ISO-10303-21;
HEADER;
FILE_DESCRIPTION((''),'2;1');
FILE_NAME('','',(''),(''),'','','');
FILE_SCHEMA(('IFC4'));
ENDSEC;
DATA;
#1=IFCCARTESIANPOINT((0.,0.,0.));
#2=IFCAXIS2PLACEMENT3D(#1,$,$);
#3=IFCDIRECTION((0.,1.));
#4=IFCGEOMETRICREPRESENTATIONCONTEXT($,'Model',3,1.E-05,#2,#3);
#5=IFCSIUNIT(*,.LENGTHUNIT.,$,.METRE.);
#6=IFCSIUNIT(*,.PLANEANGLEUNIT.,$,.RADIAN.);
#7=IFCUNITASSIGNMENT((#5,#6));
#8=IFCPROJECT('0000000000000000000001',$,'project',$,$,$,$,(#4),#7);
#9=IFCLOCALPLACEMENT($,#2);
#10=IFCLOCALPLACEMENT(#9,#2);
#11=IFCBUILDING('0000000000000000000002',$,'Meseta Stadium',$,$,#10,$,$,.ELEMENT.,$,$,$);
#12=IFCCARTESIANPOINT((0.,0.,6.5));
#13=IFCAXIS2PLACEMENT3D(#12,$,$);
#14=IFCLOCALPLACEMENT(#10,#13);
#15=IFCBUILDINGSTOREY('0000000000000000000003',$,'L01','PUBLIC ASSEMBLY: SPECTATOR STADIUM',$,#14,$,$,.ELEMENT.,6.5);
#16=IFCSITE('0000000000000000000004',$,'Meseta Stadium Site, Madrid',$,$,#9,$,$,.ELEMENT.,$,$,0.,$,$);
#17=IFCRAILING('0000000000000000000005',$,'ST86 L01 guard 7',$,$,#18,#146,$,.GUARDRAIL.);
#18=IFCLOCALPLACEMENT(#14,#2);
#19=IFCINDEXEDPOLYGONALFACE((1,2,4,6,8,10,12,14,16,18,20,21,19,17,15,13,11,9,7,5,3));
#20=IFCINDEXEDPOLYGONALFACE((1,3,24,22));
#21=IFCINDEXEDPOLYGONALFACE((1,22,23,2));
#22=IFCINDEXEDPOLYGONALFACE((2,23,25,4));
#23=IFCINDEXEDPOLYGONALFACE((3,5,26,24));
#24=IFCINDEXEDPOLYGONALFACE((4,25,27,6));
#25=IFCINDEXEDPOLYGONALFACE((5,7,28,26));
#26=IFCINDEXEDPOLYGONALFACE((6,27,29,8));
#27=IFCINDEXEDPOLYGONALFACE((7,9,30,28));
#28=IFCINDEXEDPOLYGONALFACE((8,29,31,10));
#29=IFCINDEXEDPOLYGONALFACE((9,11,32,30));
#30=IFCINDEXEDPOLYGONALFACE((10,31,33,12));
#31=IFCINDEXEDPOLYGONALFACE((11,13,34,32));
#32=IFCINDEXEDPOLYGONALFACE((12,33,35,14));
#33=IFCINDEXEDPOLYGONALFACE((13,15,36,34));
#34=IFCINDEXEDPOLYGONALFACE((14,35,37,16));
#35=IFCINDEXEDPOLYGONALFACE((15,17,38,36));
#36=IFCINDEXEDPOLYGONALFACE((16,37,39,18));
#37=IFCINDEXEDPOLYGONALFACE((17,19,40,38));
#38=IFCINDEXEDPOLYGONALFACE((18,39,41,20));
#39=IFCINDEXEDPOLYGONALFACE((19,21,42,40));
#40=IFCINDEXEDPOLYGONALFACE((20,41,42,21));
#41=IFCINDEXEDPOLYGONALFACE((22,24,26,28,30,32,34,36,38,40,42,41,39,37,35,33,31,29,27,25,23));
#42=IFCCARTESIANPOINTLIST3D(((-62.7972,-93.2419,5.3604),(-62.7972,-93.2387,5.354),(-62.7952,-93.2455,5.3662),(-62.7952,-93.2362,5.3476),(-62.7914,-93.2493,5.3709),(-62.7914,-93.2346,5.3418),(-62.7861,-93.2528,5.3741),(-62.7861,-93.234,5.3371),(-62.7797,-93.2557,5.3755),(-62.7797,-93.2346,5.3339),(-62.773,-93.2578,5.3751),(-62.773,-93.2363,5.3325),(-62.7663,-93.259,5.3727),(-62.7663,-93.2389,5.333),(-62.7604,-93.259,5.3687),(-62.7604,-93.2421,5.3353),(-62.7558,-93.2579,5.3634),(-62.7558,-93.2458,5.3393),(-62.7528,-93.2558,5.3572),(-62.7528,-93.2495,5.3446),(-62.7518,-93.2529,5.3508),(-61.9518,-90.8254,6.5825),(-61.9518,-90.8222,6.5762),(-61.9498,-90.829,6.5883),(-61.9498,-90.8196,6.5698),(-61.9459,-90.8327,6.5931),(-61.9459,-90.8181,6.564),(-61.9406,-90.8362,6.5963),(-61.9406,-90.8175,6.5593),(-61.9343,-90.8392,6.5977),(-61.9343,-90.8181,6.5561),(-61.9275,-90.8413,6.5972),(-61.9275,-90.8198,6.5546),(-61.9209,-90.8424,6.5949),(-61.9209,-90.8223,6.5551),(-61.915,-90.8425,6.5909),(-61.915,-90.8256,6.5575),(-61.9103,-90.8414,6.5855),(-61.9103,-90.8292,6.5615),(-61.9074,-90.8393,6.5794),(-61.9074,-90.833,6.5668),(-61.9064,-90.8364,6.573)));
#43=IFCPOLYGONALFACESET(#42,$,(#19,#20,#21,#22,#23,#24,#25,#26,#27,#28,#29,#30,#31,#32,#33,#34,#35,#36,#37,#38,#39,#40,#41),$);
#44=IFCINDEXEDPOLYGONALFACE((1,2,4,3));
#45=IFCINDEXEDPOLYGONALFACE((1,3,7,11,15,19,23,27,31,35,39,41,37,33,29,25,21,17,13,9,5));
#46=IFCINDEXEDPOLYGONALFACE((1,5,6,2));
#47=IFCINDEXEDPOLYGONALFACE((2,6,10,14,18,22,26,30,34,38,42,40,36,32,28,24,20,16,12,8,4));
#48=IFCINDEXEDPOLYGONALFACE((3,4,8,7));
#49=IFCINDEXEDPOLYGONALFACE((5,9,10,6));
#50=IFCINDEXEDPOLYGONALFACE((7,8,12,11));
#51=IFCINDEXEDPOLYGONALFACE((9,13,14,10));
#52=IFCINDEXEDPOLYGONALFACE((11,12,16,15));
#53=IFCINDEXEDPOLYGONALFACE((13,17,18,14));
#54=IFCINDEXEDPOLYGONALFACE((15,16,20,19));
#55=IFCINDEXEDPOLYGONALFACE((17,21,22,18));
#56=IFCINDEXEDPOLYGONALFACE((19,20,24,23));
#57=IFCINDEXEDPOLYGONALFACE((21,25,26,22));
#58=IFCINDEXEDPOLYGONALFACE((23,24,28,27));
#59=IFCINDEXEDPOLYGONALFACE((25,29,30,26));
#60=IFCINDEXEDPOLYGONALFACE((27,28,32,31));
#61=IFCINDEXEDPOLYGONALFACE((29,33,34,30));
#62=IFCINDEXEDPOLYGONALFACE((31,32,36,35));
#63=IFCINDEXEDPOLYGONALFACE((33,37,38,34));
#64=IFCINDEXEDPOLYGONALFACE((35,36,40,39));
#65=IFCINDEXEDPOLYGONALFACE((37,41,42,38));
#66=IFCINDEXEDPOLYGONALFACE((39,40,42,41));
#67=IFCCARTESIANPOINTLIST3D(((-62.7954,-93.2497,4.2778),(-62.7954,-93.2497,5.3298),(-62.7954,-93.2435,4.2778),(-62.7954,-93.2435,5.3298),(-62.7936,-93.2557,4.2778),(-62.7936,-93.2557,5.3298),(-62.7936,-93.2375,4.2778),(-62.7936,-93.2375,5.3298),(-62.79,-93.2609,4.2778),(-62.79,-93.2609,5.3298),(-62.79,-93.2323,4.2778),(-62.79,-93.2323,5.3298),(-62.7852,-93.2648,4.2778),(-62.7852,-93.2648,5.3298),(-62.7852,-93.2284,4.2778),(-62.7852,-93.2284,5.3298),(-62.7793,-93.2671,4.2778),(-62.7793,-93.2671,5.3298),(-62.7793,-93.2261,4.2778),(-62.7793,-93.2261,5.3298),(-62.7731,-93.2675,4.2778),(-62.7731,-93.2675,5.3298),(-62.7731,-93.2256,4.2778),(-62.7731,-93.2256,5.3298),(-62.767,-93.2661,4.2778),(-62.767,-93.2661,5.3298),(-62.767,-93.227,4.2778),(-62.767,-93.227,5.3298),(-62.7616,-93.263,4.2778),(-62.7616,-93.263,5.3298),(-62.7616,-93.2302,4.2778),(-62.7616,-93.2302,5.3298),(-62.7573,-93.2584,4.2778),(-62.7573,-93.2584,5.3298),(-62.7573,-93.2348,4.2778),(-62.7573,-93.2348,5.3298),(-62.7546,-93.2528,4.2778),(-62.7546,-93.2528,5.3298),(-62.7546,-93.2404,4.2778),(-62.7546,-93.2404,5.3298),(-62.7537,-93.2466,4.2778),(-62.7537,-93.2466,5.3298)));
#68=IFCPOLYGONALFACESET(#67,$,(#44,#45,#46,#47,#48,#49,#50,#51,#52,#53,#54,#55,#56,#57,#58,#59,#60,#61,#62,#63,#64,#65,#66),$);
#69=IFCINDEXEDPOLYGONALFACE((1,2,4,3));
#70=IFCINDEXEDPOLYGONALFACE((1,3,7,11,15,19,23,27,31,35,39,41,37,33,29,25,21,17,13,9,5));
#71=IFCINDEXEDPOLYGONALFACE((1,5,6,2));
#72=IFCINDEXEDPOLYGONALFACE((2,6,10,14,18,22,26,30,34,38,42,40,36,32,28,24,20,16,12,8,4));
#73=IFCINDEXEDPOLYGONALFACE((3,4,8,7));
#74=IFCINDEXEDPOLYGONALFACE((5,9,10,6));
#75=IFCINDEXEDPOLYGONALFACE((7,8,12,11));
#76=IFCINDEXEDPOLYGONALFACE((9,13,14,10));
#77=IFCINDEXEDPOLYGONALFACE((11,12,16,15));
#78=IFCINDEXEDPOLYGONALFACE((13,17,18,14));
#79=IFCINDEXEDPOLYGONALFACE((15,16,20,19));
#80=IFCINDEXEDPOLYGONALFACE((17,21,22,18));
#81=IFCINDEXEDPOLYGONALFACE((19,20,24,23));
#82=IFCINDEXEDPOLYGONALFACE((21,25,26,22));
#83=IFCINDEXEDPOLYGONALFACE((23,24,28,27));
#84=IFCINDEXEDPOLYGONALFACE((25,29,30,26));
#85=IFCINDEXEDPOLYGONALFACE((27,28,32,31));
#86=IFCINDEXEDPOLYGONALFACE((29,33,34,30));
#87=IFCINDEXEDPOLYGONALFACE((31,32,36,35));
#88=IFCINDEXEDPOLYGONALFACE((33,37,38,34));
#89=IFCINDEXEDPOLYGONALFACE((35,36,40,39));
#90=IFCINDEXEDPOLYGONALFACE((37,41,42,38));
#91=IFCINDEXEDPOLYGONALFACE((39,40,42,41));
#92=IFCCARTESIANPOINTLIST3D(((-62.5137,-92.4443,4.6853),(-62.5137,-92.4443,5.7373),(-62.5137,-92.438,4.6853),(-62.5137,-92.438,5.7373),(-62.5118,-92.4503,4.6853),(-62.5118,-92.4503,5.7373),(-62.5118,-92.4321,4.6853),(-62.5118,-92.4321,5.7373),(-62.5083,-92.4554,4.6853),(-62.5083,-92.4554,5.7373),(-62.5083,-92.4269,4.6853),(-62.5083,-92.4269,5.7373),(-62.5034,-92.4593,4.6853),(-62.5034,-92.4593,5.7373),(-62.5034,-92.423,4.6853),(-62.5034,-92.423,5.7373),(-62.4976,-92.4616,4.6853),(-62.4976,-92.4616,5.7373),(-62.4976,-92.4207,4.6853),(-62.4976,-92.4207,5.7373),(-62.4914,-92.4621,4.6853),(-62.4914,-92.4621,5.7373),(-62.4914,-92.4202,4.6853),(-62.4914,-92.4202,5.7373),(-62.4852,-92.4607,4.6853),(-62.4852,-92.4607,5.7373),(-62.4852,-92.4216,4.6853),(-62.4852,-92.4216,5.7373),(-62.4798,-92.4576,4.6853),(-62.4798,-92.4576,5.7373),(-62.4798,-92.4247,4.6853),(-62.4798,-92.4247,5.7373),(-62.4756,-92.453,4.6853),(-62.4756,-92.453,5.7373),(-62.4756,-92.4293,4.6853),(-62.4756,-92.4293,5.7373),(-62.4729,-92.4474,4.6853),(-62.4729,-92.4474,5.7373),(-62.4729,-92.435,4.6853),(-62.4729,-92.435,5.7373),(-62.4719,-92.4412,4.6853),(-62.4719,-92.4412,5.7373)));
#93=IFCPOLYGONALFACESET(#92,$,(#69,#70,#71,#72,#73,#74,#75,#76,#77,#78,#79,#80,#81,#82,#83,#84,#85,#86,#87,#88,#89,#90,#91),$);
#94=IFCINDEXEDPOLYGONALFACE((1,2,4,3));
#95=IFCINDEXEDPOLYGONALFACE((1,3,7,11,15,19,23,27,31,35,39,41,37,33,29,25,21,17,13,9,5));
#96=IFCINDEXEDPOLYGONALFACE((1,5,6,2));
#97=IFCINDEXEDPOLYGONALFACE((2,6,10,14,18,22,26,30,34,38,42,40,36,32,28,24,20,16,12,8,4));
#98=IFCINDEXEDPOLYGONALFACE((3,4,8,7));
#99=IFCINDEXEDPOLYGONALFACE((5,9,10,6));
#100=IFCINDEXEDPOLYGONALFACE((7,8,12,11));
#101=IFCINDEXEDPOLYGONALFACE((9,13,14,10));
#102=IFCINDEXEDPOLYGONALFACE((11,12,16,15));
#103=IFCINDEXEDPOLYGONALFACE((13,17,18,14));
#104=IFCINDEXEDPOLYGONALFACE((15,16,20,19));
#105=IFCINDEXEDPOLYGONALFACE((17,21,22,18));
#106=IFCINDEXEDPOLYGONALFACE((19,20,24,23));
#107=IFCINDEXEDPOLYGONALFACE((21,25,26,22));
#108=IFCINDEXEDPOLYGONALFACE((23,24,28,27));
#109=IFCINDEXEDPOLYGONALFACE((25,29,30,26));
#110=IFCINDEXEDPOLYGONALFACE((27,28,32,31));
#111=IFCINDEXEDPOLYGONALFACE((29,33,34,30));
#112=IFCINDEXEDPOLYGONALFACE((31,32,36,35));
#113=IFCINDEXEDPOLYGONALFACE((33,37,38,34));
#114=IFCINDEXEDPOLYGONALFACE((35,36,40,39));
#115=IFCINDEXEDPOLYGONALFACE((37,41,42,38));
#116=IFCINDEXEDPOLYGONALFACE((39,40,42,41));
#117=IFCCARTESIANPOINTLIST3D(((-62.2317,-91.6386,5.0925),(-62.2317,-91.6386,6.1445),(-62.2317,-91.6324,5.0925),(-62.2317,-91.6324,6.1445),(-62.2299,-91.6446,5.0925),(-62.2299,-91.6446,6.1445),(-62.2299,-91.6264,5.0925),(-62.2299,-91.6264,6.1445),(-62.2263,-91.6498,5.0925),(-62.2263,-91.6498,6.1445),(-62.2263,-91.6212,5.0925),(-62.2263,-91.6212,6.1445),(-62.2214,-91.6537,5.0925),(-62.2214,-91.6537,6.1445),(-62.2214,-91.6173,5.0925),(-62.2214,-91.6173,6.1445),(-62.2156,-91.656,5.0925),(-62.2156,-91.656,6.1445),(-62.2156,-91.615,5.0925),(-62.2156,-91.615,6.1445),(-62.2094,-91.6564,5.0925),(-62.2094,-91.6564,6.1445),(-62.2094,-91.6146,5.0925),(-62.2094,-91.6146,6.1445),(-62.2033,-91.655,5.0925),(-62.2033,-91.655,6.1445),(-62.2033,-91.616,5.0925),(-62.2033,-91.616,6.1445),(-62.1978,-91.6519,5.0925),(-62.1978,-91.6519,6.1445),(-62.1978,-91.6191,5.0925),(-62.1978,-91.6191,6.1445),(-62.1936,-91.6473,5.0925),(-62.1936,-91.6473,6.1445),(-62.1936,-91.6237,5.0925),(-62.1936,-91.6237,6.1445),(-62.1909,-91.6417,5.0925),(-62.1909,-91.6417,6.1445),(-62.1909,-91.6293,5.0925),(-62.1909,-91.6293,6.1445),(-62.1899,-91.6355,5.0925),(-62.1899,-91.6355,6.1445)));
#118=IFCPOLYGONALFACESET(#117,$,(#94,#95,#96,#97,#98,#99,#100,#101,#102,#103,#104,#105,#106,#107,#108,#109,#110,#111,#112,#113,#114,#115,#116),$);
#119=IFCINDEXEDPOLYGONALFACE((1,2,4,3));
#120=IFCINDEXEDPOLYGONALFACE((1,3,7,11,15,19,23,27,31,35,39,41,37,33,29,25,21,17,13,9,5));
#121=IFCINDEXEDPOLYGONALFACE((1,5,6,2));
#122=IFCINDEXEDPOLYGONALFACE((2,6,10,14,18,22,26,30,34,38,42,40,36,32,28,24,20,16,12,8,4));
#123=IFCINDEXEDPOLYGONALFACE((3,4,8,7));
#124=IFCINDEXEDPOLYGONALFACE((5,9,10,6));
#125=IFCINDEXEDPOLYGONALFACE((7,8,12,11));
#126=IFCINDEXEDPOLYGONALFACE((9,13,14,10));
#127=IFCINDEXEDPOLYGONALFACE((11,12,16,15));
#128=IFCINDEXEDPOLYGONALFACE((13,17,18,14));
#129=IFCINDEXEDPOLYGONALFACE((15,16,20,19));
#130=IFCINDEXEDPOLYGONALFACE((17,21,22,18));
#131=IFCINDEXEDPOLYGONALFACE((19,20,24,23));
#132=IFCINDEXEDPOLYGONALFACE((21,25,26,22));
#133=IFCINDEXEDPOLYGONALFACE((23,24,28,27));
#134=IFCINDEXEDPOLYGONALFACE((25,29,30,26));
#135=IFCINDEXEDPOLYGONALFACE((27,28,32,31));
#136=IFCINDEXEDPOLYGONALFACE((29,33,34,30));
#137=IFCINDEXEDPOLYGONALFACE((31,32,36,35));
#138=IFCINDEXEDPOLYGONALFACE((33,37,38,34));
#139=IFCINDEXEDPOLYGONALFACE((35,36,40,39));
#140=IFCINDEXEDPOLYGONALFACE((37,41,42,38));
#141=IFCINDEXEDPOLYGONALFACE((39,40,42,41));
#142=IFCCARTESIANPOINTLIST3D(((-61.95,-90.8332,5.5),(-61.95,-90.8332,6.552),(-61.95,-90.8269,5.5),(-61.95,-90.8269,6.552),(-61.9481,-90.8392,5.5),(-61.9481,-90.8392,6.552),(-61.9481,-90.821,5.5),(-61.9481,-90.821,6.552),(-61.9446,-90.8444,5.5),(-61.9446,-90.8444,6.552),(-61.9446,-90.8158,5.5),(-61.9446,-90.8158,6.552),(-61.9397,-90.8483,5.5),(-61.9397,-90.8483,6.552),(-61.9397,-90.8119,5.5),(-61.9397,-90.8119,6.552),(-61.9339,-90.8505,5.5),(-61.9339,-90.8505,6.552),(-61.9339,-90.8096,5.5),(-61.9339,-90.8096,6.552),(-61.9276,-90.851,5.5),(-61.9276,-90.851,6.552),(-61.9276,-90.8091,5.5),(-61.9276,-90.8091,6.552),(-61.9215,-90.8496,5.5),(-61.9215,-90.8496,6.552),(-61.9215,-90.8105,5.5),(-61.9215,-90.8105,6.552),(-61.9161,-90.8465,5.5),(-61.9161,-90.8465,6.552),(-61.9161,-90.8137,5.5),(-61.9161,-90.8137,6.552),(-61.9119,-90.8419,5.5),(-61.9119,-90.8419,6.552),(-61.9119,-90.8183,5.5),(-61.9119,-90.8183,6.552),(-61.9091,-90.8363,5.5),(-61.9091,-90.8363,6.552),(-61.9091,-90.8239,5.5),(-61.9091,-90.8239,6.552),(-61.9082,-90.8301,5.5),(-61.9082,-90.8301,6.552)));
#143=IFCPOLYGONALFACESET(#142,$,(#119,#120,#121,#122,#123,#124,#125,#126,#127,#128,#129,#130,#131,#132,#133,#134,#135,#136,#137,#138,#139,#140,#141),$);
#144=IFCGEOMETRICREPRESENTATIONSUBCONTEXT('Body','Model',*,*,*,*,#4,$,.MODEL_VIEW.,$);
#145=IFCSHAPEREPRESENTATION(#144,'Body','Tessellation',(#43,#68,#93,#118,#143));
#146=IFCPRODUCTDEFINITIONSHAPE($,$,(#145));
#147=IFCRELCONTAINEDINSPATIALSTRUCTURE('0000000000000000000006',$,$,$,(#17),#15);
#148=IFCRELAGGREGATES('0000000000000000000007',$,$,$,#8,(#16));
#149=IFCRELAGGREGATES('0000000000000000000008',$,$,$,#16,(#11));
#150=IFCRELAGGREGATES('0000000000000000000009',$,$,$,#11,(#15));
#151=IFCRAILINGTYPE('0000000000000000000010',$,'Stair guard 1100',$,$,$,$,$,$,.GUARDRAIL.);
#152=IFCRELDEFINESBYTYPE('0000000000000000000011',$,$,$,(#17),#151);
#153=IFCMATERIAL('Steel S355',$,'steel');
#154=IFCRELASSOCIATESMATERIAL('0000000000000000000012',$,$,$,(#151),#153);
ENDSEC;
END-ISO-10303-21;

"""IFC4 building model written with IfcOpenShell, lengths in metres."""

from ifc_helpers import new_model, si_unit, direction, frame, origin, origin_2d, place, context, subcontext, project, spatial, circle, extrude, material, type_object, element, save


model = new_model("IFC4")

# Units and contexts
model_context = context("Model", 3, precision=1e-05, world=origin(), true_north=direction((0.0, 1.0)))
body_context = subcontext(model_context, "Body", "Model", "MODEL_VIEW")
ifc_project = project(units=[si_unit("LENGTHUNIT", "METRE"), si_unit("PLANEANGLEUNIT", "RADIAN")], contexts=[model_context])

# Site, building, storey
site_placement = place(None, origin())
site = spatial("IfcSite", under=ifc_project, at=site_placement, Name="Meseta Stadium Site, Madrid", CompositionType="ELEMENT", RefElevation=0.0)
building_placement = place(site_placement, origin())
building = spatial("IfcBuilding", under=site, at=building_placement, Name="Meseta Stadium", CompositionType="ELEMENT")
storey_placement = place(building_placement, frame((0.0, 0.0, 6.5)))
storey = spatial("IfcBuildingStorey", under=building, at=storey_placement, Name="L01", Description="PUBLIC ASSEMBLY: SPECTATOR STADIUM", CompositionType="ELEMENT", Elevation=6.5)

# Railing
ifc_material_1 = material(Name="Steel S355", Category="steel")
railing_type_1 = type_object("IfcRailingType", Name="Stair guard 1100", PredefinedType="GUARDRAIL", material=ifc_material_1)
railing_1_placement = place(storey_placement, frame((-62.7747, -93.2466, 4.2778)))
element("IfcRailing", 1, at=railing_1_placement, inside=storey, type_object=railing_type_1, Name="ST86 L01 guard 7", PredefinedType="GUARDRAIL", context=body_context, shape_type="SweptSolid", body=[
    extrude(circle(Radius=0.0239, at=origin_2d()), frame((0.0, 0.0, 1.0762), z_axis=(0.298022, 0.851812, 0.430811), x_axis=(-0.943897, 0.33024, 0.0)), (0.0, 0.0, 1.0), 2.8369),
    extrude(circle(Radius=0.021, at=origin_2d()), origin(), (0.0, 0.0, 1.0), 1.052),
    extrude(circle(Radius=0.021, at=origin_2d()), frame((0.2817, 0.8054, 0.4075)), (0.0, 0.0, 1.0), 1.052),
    extrude(circle(Radius=0.021, at=origin_2d()), frame((0.5637, 1.6111, 0.8147)), (0.0, 0.0, 1.0), 1.052),
    extrude(circle(Radius=0.021, at=origin_2d()), frame((0.8455, 2.4165, 1.2222)), (0.0, 0.0, 1.0), 1.052),
])

save(model, "model.ifc")
